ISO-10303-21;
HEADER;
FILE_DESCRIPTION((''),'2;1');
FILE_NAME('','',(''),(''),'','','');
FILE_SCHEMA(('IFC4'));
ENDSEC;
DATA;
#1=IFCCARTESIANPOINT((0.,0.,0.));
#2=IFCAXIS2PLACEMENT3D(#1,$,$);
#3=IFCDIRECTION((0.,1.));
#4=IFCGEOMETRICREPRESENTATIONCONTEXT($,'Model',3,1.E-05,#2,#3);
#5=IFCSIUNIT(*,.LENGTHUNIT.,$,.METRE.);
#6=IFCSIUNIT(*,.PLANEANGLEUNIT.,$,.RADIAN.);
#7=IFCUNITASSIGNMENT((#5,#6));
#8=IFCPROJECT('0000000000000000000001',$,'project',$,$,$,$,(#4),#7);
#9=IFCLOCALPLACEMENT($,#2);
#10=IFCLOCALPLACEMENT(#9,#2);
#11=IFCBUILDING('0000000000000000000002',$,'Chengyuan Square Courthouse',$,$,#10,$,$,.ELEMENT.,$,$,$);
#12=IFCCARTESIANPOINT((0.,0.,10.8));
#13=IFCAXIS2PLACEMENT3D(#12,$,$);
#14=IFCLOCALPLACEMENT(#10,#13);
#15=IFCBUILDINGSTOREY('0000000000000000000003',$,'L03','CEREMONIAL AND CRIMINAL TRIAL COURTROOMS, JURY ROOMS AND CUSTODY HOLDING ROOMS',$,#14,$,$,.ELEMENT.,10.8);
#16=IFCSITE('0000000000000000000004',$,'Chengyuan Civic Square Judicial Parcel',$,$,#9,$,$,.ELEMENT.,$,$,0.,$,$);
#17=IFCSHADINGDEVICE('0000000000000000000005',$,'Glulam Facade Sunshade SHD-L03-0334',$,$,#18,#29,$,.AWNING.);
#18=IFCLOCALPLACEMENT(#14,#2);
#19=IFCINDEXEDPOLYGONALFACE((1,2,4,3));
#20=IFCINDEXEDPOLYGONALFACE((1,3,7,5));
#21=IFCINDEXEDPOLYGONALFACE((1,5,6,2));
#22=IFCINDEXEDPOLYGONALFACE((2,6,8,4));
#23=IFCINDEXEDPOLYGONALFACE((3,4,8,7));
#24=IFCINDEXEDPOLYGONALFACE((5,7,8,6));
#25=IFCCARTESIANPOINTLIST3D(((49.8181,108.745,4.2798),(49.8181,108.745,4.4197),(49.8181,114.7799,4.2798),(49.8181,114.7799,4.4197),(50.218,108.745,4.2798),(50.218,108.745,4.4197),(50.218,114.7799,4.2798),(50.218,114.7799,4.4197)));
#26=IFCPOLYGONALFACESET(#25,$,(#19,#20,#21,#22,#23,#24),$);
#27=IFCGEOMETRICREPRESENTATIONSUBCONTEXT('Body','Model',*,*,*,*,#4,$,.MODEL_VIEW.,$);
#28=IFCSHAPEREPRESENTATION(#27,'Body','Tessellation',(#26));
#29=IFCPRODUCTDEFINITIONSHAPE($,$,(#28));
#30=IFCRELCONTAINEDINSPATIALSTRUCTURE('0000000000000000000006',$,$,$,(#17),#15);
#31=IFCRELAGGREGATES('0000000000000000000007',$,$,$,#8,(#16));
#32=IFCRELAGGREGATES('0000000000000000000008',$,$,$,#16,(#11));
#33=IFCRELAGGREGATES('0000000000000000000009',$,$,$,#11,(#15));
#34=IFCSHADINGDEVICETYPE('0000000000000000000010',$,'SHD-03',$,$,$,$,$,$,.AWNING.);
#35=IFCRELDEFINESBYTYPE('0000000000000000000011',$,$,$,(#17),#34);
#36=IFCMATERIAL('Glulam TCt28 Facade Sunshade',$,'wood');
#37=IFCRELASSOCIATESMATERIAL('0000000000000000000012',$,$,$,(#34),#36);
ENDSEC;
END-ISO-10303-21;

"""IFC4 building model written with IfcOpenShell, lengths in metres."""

from ifc_helpers import new_model, si_unit, direction, frame, origin, origin_2d, place, context, subcontext, project, spatial, rectangle, extrude, material, type_object, element, save


model = new_model("IFC4")

# Units and contexts
model_context = context("Model", 3, precision=1e-05, world=origin(), true_north=direction((0.0, 1.0)))
body_context = subcontext(model_context, "Body", "Model", "MODEL_VIEW")
ifc_project = project(units=[si_unit("LENGTHUNIT", "METRE"), si_unit("PLANEANGLEUNIT", "RADIAN")], contexts=[model_context])

# Site, building, storey
site_placement = place(None, origin())
site = spatial("IfcSite", under=ifc_project, at=site_placement, Name="Chengyuan Civic Square Judicial Parcel", CompositionType="ELEMENT", RefElevation=0.0)
building_placement = place(site_placement, origin())
building = spatial("IfcBuilding", under=site, at=building_placement, Name="Chengyuan Square Courthouse", CompositionType="ELEMENT")
storey_placement = place(building_placement, frame((0.0, 0.0, 10.8)))
storey = spatial("IfcBuildingStorey", under=building, at=storey_placement, Name="L03", Description="CEREMONIAL AND CRIMINAL TRIAL COURTROOMS, JURY ROOMS AND CUSTODY HOLDING ROOMS", CompositionType="ELEMENT", Elevation=10.8)

# Shading device
ifc_material_1 = material(Name="Glulam TCt28 Facade Sunshade", Category="wood")
shading_device_type = type_object("IfcShadingDeviceType", Name="SHD-03", PredefinedType="AWNING", material=ifc_material_1)
shading_device_placement = place(storey_placement, frame((50.0181, 111.7625, 4.2798), z_axis=(0.0, 0.0, 1.0), x_axis=(0.0, 1.0, 0.0)))
element("IfcShadingDevice", 1, at=shading_device_placement, inside=storey, type_object=shading_device_type, Name="Glulam Facade Sunshade SHD-L03-0334", PredefinedType="AWNING", context=body_context, shape_type="SweptSolid", body=[
    extrude(rectangle(XDim=6.0349, YDim=0.3999, at=origin_2d()), origin(), (0.0, 0.0, 1.0), 0.1399),
])

save(model, "model.ifc")
